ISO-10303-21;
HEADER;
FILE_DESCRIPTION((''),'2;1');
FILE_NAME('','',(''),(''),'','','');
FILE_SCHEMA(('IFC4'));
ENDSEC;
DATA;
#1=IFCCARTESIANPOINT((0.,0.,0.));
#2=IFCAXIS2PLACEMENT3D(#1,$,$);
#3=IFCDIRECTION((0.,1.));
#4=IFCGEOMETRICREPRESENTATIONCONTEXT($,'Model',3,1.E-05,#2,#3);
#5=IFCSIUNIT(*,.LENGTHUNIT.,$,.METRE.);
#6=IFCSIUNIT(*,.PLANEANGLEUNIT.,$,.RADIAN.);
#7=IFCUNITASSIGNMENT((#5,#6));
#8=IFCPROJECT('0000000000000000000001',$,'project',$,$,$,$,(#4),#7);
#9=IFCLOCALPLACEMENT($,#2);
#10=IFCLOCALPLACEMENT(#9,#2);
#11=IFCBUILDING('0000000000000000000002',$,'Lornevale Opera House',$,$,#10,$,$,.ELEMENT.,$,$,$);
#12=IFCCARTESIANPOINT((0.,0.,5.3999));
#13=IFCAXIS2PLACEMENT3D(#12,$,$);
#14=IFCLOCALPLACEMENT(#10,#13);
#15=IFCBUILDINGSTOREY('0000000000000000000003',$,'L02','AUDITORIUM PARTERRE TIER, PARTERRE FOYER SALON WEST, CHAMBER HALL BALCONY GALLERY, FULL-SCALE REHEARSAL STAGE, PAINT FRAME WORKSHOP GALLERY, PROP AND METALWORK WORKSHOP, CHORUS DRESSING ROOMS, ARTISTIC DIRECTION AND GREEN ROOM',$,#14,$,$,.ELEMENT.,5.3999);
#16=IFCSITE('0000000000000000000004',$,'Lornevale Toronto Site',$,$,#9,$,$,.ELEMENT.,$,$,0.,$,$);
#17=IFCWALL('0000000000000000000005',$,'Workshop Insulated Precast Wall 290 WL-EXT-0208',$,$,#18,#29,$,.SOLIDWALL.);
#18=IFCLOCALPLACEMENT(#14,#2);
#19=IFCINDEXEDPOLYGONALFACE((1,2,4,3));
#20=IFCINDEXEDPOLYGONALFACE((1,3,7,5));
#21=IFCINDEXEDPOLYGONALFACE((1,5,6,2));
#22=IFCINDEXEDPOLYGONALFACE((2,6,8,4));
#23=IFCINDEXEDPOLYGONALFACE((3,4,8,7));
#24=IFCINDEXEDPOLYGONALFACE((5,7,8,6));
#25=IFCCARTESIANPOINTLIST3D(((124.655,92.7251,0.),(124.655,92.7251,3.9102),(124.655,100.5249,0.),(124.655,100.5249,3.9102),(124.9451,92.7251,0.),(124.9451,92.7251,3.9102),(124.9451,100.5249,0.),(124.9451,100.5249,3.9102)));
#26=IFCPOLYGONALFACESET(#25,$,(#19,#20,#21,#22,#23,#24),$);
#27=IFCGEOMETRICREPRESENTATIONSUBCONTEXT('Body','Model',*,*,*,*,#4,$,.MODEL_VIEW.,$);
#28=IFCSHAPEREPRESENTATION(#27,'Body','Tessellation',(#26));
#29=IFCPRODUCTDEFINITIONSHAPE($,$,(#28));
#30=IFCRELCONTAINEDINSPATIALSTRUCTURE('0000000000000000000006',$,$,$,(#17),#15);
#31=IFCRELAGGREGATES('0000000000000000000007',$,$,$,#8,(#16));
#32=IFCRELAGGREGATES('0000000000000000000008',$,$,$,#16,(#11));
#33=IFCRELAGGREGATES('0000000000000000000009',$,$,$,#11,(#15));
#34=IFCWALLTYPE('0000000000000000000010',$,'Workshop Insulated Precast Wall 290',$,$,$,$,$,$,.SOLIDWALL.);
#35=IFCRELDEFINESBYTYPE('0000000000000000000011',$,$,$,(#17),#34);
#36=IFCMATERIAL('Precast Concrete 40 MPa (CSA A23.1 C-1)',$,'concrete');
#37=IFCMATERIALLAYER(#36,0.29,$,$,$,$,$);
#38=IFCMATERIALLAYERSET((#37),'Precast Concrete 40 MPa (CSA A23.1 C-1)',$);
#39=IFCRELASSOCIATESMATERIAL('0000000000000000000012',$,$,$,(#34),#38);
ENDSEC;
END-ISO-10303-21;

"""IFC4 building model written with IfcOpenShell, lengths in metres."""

from ifc_helpers import new_model, si_unit, direction, frame, frame_2d, origin, place, context, subcontext, project, spatial, rectangle, extrude, material, layer, layer_set, type_object, element, save


model = new_model("IFC4")

# Units and contexts
model_context = context("Model", 3, precision=1e-05, world=origin(), true_north=direction((0.0, 1.0)))
body_context = subcontext(model_context, "Body", "Model", "MODEL_VIEW")
ifc_project = project(units=[si_unit("LENGTHUNIT", "METRE"), si_unit("PLANEANGLEUNIT", "RADIAN")], contexts=[model_context])

# Site, building, storey
site_placement = place(None, origin())
site = spatial("IfcSite", under=ifc_project, at=site_placement, Name="Lornevale Toronto Site", CompositionType="ELEMENT", RefElevation=0.0)
building_placement = place(site_placement, origin())
building = spatial("IfcBuilding", under=site, at=building_placement, Name="Lornevale Opera House", CompositionType="ELEMENT")
storey_placement = place(building_placement, frame((0.0, 0.0, 5.3999)))
storey = spatial("IfcBuildingStorey", under=building, at=storey_placement, Name="L02", Description="AUDITORIUM PARTERRE TIER, PARTERRE FOYER SALON WEST, CHAMBER HALL BALCONY GALLERY, FULL-SCALE REHEARSAL STAGE, PAINT FRAME WORKSHOP GALLERY, PROP AND METALWORK WORKSHOP, CHORUS DRESSING ROOMS, ARTISTIC DIRECTION AND GREEN ROOM", CompositionType="ELEMENT", Elevation=5.3999)

# Shared definitions
ifc_material_1 = material(Name="Precast Concrete 40 MPa (CSA A23.1 C-1)", Category="concrete")
ifc_layer_1 = layer(ifc_material_1, 0.29)
ifc_layer_set_1 = layer_set([ifc_layer_1], Name="Precast Concrete 40 MPa (CSA A23.1 C-1)")
wall_type_1 = type_object("IfcWallType", Name="Workshop Insulated Precast Wall 290", PredefinedType="SOLIDWALL", material=ifc_layer_set_1)

# Wall
wall_1_placement = place(storey_placement, frame((124.8, 100.5249, 0.0), z_axis=(0.0, 0.0, 1.0), x_axis=(0.0, -1.0, 0.0)))
element("IfcWall", 1, at=wall_1_placement, inside=storey, type_object=wall_type_1, Name="Workshop Insulated Precast Wall 290 WL-EXT-0208", PredefinedType="SOLIDWALL", context=body_context, shape_type="SweptSolid", body=[
    extrude(rectangle(XDim=7.7998, YDim=0.29, at=frame_2d((3.8999, 0.0))), origin(), (0.0, 0.0, 1.0), 3.9102),
])

save(model, "model.ifc")
